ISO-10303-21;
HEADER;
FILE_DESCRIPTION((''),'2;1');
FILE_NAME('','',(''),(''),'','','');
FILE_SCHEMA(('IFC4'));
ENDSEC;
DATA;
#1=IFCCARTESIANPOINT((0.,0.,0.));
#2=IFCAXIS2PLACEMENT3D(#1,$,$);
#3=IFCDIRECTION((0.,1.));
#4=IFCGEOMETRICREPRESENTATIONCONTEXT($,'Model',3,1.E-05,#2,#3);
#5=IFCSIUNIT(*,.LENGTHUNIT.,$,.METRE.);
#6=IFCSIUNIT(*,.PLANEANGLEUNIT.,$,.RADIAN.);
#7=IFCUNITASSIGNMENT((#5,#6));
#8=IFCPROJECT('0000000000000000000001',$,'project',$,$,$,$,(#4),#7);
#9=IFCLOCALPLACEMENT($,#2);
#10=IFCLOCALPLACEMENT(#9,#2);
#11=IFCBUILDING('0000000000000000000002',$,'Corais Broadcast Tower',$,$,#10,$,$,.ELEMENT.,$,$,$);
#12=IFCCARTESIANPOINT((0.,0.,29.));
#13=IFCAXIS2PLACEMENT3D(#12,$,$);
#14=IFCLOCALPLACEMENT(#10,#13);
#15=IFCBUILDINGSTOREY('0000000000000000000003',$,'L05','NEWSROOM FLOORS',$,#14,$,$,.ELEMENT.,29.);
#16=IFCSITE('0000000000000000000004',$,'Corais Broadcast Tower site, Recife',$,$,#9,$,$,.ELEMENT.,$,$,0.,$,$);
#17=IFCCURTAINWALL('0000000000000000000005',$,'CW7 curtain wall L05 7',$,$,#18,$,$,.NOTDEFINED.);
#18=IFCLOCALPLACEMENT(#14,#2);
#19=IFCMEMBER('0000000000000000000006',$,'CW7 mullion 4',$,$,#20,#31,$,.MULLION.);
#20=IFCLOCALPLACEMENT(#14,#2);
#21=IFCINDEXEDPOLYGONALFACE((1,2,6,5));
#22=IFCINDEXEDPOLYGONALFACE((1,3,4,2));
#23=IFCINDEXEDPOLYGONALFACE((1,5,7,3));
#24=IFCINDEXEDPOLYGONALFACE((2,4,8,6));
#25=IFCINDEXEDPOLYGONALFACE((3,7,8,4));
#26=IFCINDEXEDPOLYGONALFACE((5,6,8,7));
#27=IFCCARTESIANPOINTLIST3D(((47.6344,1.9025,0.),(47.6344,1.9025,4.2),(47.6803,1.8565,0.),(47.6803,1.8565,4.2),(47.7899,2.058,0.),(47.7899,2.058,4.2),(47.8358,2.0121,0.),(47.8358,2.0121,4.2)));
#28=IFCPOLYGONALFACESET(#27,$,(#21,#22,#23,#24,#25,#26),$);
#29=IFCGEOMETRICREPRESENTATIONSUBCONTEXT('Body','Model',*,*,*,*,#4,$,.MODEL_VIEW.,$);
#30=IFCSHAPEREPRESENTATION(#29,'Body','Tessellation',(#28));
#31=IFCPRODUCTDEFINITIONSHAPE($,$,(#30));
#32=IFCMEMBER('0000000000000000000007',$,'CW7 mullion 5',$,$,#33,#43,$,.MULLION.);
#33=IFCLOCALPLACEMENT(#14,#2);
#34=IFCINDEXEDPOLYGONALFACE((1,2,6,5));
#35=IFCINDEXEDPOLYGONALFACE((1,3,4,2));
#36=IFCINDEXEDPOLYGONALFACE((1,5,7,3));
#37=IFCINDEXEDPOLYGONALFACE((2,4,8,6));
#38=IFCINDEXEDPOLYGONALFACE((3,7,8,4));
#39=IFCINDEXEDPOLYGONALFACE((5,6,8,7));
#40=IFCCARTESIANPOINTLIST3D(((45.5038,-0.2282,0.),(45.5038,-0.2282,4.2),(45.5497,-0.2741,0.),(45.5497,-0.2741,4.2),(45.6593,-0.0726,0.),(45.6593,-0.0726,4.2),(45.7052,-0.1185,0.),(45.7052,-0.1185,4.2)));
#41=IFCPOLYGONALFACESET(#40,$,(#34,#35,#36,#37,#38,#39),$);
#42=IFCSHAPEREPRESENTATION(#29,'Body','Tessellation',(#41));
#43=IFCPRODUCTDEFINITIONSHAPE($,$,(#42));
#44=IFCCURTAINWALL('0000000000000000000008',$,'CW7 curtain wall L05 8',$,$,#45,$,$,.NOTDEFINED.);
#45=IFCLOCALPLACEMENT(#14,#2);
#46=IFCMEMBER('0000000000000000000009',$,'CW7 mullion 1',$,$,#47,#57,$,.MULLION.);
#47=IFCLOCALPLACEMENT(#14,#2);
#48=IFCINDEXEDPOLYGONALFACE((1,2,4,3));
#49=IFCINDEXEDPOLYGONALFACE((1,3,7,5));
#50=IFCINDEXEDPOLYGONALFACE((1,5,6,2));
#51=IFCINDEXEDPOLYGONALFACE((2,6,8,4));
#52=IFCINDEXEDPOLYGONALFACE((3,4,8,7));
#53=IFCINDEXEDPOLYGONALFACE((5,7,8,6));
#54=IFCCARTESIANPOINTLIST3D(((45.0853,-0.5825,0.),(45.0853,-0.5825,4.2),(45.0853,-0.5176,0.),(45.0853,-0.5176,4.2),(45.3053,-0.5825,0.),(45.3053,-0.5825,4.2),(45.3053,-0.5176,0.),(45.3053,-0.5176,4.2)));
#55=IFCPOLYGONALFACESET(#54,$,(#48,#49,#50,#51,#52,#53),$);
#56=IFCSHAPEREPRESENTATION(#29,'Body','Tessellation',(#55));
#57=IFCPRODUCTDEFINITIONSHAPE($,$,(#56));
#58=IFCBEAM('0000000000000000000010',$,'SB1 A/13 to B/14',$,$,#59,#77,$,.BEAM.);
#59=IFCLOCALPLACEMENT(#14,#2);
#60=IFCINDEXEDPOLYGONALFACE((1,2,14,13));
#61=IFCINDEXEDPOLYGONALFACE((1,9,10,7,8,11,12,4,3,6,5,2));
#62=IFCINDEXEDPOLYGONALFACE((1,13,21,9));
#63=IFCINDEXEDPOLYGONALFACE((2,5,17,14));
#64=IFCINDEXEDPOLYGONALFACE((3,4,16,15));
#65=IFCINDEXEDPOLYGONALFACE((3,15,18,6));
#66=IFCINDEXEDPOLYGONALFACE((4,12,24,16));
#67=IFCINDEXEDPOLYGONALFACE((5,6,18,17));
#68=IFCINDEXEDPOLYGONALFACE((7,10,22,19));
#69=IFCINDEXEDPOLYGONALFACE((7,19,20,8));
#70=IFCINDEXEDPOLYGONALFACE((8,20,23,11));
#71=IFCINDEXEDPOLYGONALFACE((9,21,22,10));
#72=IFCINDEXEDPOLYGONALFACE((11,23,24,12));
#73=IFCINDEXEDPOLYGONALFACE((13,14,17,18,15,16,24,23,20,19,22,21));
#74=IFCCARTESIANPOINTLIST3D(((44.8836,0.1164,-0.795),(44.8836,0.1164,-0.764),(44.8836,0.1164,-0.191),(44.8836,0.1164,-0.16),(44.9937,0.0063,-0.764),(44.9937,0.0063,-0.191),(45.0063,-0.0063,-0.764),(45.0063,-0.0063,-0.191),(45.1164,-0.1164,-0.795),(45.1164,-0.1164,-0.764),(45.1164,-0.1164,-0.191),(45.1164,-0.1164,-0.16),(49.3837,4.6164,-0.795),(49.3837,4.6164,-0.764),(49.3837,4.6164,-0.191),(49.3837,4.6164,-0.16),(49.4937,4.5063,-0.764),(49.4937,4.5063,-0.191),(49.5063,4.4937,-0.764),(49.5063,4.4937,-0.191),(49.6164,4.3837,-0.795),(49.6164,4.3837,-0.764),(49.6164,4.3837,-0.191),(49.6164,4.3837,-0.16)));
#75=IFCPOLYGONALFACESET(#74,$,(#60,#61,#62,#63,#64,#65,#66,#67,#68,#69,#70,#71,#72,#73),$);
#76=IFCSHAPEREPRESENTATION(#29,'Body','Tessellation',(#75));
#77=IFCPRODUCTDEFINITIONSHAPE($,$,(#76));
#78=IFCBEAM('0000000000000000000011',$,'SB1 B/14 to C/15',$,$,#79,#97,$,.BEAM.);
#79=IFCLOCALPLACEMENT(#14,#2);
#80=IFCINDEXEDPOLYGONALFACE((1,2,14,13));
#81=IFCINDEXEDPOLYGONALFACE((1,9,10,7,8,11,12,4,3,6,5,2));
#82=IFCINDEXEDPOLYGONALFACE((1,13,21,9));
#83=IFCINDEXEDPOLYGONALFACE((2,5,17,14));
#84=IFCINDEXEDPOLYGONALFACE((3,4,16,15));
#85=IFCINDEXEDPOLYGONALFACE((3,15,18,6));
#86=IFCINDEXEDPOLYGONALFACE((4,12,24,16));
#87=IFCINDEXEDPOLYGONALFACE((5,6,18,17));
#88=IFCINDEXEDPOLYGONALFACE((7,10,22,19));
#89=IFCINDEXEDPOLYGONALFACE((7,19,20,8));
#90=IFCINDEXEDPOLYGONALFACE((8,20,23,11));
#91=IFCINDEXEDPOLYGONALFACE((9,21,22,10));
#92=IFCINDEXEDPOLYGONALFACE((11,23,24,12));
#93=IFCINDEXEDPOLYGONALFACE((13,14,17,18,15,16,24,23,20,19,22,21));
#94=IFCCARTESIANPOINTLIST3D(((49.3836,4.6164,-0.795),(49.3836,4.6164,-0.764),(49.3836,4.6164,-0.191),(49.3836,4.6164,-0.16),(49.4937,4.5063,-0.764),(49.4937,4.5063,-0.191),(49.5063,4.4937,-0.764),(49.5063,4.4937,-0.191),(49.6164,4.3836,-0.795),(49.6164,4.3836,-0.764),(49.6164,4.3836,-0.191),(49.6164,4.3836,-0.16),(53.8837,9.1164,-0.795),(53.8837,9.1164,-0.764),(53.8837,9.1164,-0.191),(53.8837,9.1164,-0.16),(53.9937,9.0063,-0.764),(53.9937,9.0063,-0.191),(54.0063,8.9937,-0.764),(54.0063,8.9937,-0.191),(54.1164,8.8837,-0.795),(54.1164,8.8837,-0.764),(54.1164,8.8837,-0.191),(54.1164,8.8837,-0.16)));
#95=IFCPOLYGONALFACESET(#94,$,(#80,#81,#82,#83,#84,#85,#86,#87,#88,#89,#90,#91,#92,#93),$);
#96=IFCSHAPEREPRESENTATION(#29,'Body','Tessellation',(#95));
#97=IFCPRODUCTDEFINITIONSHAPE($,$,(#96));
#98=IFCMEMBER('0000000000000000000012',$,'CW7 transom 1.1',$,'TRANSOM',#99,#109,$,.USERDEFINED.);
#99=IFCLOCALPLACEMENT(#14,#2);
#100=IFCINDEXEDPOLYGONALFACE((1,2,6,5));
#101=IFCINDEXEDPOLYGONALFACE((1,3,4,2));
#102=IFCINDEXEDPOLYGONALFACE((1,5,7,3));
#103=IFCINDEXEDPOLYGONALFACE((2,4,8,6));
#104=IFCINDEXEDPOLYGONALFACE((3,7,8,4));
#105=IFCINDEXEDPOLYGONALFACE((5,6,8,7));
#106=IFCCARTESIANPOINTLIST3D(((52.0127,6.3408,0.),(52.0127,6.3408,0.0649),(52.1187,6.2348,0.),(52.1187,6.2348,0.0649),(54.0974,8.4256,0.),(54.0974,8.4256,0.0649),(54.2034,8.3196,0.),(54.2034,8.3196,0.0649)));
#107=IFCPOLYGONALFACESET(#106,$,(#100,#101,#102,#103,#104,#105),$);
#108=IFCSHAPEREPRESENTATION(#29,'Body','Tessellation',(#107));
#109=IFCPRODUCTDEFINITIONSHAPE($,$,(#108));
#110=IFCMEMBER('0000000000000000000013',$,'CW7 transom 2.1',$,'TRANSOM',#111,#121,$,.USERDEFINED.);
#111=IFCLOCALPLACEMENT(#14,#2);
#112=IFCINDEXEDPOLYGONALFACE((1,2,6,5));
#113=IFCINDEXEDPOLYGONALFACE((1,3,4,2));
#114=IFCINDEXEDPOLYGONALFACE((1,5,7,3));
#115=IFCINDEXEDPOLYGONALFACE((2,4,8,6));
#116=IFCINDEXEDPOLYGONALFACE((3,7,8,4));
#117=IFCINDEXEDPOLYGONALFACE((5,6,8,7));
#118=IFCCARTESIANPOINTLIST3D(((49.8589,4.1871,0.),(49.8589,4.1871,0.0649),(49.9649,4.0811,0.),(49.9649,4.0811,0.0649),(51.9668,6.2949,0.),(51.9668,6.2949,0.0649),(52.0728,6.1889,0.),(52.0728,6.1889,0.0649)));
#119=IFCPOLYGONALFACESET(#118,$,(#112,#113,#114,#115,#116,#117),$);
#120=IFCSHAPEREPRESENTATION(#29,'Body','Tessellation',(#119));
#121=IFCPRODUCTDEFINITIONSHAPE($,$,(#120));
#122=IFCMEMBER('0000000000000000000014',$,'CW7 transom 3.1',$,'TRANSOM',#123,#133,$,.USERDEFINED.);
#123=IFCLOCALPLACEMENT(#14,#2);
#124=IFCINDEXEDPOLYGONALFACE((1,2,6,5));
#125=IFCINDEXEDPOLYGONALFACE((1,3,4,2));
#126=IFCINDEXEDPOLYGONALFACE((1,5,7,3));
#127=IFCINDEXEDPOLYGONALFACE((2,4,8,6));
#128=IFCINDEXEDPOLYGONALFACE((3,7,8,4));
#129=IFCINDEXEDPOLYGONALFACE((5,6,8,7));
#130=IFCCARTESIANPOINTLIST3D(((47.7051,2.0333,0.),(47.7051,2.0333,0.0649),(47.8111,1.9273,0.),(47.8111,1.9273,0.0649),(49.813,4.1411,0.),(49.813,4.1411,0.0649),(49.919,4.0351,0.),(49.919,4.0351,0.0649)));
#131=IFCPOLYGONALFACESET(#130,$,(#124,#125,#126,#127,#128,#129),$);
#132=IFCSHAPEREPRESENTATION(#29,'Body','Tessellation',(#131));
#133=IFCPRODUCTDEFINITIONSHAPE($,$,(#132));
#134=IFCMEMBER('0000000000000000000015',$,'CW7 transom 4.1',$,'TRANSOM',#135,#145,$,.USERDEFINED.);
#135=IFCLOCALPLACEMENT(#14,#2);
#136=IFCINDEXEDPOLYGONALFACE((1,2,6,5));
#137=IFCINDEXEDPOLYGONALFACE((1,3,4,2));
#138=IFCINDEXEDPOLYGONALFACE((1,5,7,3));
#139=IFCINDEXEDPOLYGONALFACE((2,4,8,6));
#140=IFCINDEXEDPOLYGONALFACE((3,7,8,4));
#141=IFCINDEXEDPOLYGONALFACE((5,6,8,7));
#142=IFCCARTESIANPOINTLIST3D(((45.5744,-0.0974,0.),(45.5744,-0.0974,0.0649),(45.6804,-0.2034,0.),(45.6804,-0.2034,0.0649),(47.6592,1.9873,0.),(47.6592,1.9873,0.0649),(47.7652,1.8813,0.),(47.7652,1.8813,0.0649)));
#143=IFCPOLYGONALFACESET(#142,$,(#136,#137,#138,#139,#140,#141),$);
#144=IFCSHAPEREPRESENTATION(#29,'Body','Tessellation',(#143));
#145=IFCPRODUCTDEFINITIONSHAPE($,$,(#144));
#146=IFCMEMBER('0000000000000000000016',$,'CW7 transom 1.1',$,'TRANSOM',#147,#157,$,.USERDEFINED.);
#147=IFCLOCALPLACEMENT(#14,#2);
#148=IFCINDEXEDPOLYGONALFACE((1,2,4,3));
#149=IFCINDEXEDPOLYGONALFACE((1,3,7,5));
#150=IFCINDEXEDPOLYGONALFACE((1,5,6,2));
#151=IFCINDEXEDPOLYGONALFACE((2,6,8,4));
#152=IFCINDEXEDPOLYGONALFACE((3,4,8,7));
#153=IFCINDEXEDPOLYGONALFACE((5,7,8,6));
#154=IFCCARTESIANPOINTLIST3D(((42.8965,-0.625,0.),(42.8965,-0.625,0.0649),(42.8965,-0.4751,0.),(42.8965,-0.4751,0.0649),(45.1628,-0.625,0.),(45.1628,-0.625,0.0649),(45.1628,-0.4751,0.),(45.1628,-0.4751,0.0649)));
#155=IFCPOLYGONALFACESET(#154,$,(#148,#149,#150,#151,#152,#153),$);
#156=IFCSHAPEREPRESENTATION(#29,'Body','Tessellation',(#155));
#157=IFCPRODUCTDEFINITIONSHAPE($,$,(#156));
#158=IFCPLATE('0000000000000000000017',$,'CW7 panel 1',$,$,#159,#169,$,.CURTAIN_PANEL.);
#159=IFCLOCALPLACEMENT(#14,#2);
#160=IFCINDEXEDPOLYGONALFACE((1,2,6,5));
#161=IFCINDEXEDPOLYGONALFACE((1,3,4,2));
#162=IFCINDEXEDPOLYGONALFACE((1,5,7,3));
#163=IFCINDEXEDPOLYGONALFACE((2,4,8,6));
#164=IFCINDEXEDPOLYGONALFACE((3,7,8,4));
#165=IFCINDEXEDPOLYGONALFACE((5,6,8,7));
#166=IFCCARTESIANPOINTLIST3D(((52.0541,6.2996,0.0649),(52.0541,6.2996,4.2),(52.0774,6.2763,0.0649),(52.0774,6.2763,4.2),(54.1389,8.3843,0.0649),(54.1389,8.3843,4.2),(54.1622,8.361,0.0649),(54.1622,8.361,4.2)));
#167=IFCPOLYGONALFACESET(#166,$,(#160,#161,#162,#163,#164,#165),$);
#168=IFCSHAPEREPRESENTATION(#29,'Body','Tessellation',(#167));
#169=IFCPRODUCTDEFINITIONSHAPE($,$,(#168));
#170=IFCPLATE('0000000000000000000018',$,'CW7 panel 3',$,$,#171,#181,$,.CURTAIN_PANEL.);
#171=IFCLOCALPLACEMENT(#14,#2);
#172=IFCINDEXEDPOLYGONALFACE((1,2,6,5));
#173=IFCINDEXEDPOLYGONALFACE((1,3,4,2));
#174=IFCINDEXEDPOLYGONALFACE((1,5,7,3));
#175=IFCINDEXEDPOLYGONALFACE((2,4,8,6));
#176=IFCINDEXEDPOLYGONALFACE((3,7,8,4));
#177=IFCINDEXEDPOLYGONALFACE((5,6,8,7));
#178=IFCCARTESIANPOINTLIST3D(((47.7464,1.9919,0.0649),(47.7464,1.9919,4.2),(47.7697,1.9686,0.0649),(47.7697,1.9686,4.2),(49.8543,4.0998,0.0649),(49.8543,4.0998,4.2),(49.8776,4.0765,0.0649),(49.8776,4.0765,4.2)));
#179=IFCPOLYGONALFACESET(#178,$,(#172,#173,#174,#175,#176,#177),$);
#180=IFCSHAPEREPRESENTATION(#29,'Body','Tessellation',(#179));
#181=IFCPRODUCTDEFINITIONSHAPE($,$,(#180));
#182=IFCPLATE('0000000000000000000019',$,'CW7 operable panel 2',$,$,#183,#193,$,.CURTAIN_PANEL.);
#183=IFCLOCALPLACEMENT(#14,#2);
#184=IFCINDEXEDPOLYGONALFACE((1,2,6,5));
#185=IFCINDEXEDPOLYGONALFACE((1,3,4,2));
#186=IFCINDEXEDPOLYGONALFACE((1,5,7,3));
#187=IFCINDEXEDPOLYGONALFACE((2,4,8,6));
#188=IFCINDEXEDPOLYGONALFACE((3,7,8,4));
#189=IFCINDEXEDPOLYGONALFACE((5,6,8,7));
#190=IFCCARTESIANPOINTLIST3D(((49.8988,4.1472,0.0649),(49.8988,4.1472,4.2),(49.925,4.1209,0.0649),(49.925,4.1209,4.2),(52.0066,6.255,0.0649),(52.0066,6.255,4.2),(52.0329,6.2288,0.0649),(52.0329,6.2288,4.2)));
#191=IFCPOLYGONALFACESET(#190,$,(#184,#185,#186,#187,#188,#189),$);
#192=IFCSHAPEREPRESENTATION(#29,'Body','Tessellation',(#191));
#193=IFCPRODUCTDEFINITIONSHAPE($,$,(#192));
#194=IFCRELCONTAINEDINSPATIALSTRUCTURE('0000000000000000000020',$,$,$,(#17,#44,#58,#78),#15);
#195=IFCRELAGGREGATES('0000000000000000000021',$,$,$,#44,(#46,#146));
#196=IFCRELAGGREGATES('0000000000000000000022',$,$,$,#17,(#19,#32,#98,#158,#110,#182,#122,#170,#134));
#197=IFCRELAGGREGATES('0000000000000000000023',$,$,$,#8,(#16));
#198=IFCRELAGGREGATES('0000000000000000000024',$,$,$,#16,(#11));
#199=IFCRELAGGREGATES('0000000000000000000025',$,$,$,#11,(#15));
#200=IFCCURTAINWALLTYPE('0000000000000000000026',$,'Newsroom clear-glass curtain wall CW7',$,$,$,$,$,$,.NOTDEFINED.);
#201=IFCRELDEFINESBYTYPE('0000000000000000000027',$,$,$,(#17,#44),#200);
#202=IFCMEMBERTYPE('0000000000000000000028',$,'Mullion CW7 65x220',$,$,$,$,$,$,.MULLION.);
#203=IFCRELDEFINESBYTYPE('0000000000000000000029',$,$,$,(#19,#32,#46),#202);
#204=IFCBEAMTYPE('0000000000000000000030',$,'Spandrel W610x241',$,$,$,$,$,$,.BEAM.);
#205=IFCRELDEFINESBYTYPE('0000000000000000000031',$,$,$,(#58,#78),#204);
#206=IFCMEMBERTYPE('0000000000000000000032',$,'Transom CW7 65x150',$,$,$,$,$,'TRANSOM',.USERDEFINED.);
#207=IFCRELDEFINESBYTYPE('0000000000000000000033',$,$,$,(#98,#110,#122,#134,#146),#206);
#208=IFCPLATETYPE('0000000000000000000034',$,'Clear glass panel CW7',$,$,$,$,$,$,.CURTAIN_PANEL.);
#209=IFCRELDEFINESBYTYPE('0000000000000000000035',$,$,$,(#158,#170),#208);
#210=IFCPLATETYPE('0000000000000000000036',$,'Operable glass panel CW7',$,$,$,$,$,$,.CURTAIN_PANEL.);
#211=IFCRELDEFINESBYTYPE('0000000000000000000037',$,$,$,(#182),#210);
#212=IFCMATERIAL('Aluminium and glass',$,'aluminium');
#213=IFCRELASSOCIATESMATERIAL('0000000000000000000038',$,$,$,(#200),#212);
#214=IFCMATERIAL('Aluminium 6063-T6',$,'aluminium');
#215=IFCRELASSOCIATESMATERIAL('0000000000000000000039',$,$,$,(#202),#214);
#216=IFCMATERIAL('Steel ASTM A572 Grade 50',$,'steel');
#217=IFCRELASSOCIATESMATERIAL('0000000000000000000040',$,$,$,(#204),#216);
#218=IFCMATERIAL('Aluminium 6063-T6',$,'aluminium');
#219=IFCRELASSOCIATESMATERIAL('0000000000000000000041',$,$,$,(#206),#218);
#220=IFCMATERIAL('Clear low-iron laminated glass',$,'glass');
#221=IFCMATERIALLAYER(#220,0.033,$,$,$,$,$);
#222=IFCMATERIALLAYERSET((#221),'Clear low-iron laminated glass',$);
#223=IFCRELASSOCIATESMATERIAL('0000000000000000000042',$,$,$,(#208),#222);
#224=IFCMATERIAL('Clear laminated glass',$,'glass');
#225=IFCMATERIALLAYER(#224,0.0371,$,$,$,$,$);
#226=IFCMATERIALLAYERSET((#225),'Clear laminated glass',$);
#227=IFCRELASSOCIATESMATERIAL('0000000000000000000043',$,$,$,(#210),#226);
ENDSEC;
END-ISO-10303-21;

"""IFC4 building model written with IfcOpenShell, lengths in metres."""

from ifc_helpers import new_model, si_unit, direction, frame, origin, origin_2d, place, context, subcontext, project, spatial, rectangle, i_section, extrude, material, layer, layer_set, material_profile, profile_set, type_object, element, aggregate, save


model = new_model("IFC4")

# Units and contexts
model_context = context("Model", 3, precision=1e-05, world=origin(), true_north=direction((0.0, 1.0)))
body_context = subcontext(model_context, "Body", "Model", "MODEL_VIEW")
ifc_project = project(units=[si_unit("LENGTHUNIT", "METRE"), si_unit("PLANEANGLEUNIT", "RADIAN")], contexts=[model_context])

# Site, building, storey
site_placement = place(None, origin())
site = spatial("IfcSite", under=ifc_project, at=site_placement, Name="Corais Broadcast Tower site, Recife", CompositionType="ELEMENT", RefElevation=0.0)
building_placement = place(site_placement, origin())
building = spatial("IfcBuilding", under=site, at=building_placement, Name="Corais Broadcast Tower", CompositionType="ELEMENT")
storey_placement = place(building_placement, frame((0.0, 0.0, 29.0)))
storey = spatial("IfcBuildingStorey", under=building, at=storey_placement, Name="L05", Description="NEWSROOM FLOORS", CompositionType="ELEMENT", Elevation=29.0)

# Shared definitions
ifc_material_1 = material(Name="Aluminium and glass", Category="aluminium")
curtain_wall_type = type_object("IfcCurtainWallType", Name="Newsroom clear-glass curtain wall CW7", PredefinedType="NOTDEFINED", material=ifc_material_1)
ifc_material_2 = material(Name="Aluminium 6063-T6", Category="aluminium")
ifc_material_profile_1 = material_profile(ifc_material_2, rectangle(XDim=0.0649, YDim=0.22, at=origin_2d()), Name="Mullion CW7 65x220")
ifc_profile_set_1 = profile_set([ifc_material_profile_1], Name="Aluminium 6063-T6")
member_type_1 = type_object("IfcMemberType", Name="Mullion CW7 65x220", PredefinedType="MULLION", material=ifc_profile_set_1)

# Curtain wall, members
curtain_wall_1_placement = place(storey_placement, origin())
curtain_wall_1 = element("IfcCurtainWall", 1, at=curtain_wall_1_placement, inside=storey, type_object=curtain_wall_type, Name="CW7 curtain wall L05 7", PredefinedType="NOTDEFINED")
member_1_placement = place(storey_placement, frame((47.7351, 1.9573, 0.0), z_axis=(0.0, 0.0, 1.0), x_axis=(0.707107, -0.707107, 0.0)))
member_1 = element("IfcMember", 2, at=member_1_placement, type_object=member_type_1, Name="CW7 mullion 4", PredefinedType="MULLION", context=body_context, shape_type="SweptSolid", body=[
    extrude(rectangle(XDim=0.0649, YDim=0.22, at=origin_2d()), origin(), (0.0, 0.0, 1.0), 4.2),
])
member_2_placement = place(storey_placement, frame((45.6045, -0.1733, 0.0), z_axis=(0.0, 0.0, 1.0), x_axis=(0.707107, -0.707107, 0.0)))
member_2 = element("IfcMember", 3, at=member_2_placement, type_object=member_type_1, Name="CW7 mullion 5", PredefinedType="MULLION", context=body_context, shape_type="SweptSolid", body=[
    extrude(rectangle(XDim=0.0649, YDim=0.22, at=origin_2d()), origin(), (0.0, 0.0, 1.0), 4.2),
])

# Curtain wall, member
curtain_wall_2_placement = place(storey_placement, origin())
curtain_wall_2 = element("IfcCurtainWall", 4, at=curtain_wall_2_placement, inside=storey, type_object=curtain_wall_type, Name="CW7 curtain wall L05 8", PredefinedType="NOTDEFINED")
member_3_placement = place(storey_placement, frame((45.1953, -0.55, 0.0), z_axis=(0.0, 0.0, 1.0), x_axis=(0.0, -1.0, 0.0)))
member_3 = element("IfcMember", 5, at=member_3_placement, type_object=member_type_1, Name="CW7 mullion 1", PredefinedType="MULLION", context=body_context, shape_type="SweptSolid", body=[
    extrude(rectangle(XDim=0.0649, YDim=0.22, at=origin_2d()), origin(), (0.0, 0.0, 1.0), 4.2),
])

# Beams
ifc_material_3 = material(Name="Steel ASTM A572 Grade 50", Category="steel")
ifc_material_profile_2 = material_profile(ifc_material_3, i_section(OverallWidth=0.3291, OverallDepth=0.635, WebThickness=0.0178, FlangeThickness=0.031, at=origin_2d()), Name="W610x241")
ifc_profile_set_2 = profile_set([ifc_material_profile_2], Name="Steel ASTM A572 Grade 50")
beam_type_1 = type_object("IfcBeamType", Name="Spandrel W610x241", PredefinedType="BEAM", material=ifc_profile_set_2)
for number, where, z_axis, x_axis, name in (
    (6, (45.0, 0.0, -0.4775), (0.707107, 0.707107, 0.0), (-0.707107, 0.707107, 0.0), "SB1 A/13 to B/14"),
    (7, (49.5, 4.5, -0.4775), (0.707107, 0.707107, 0.0), (-0.707107, 0.707107, 0.0), "SB1 B/14 to C/15"),
):
    element("IfcBeam", number, at=place(storey_placement, frame(where, z_axis=z_axis, x_axis=x_axis)), inside=storey, type_object=beam_type_1, Name=name, PredefinedType="BEAM", context=body_context, shape_type="SweptSolid", body=[
        extrude(i_section(OverallWidth=0.3291, OverallDepth=0.635, WebThickness=0.0178, FlangeThickness=0.031, at=origin_2d()), origin(), (0.0, 0.0, 1.0), 6.364),
    ])

# Members
ifc_material_4 = material(Name="Aluminium 6063-T6", Category="aluminium")
ifc_material_profile_3 = material_profile(ifc_material_4, rectangle(XDim=0.1499, YDim=0.0649, at=origin_2d()), Name="Transom CW7 65x150")
ifc_profile_set_3 = profile_set([ifc_material_profile_3], Name="Aluminium 6063-T6")
member_type_2 = type_object("IfcMemberType", Name="Transom CW7 65x150", ElementType="TRANSOM", PredefinedType="USERDEFINED", material=ifc_profile_set_3)
member_4_placement = place(storey_placement, frame((54.1504, 8.3726, 0.0325), z_axis=(-0.707107, -0.707107, 0.0), x_axis=(0.707107, -0.707107, 0.0)))
member_4 = element("IfcMember", 8, at=member_4_placement, type_object=member_type_2, Name="CW7 transom 1.1", ObjectType="TRANSOM", PredefinedType="USERDEFINED", context=body_context, shape_type="SweptSolid", body=[
    extrude(rectangle(XDim=0.1499, YDim=0.0649, at=origin_2d()), origin(), (0.0, 0.0, 1.0), 2.9482),
])
member_5_placement = place(storey_placement, frame((52.0198, 6.2419, 0.0325), z_axis=(-0.707107, -0.707107, 0.0), x_axis=(0.707107, -0.707107, 0.0)))
member_5 = element("IfcMember", 9, at=member_5_placement, type_object=member_type_2, Name="CW7 transom 2.1", ObjectType="TRANSOM", PredefinedType="USERDEFINED", context=body_context, shape_type="SweptSolid", body=[
    extrude(rectangle(XDim=0.1499, YDim=0.0649, at=origin_2d()), origin(), (0.0, 0.0, 1.0), 2.981),
])
member_6_placement = place(storey_placement, frame((49.866, 4.0881, 0.0325), z_axis=(-0.707107, -0.707107, 0.0), x_axis=(0.707107, -0.707107, 0.0)))
member_6 = element("IfcMember", 10, at=member_6_placement, type_object=member_type_2, Name="CW7 transom 3.1", ObjectType="TRANSOM", PredefinedType="USERDEFINED", context=body_context, shape_type="SweptSolid", body=[
    extrude(rectangle(XDim=0.1499, YDim=0.0649, at=origin_2d()), origin(), (0.0, 0.0, 1.0), 2.981),
])
member_7_placement = place(storey_placement, frame((47.7122, 1.9343, 0.0325), z_axis=(-0.707107, -0.707107, 0.0), x_axis=(0.707107, -0.707107, 0.0)))
member_7 = element("IfcMember", 11, at=member_7_placement, type_object=member_type_2, Name="CW7 transom 4.1", ObjectType="TRANSOM", PredefinedType="USERDEFINED", context=body_context, shape_type="SweptSolid", body=[
    extrude(rectangle(XDim=0.1499, YDim=0.0649, at=origin_2d()), origin(), (0.0, 0.0, 1.0), 2.9482),
])
member_8_placement = place(storey_placement, frame((45.1628, -0.55, 0.0325), z_axis=(-1.0, 0.0, 0.0), x_axis=(0.0, -1.0, 0.0)))
member_8 = element("IfcMember", 12, at=member_8_placement, type_object=member_type_2, Name="CW7 transom 1.1", ObjectType="TRANSOM", PredefinedType="USERDEFINED", context=body_context, shape_type="SweptSolid", body=[
    extrude(rectangle(XDim=0.1499, YDim=0.0649, at=origin_2d()), origin(), (0.0, 0.0, 1.0), 2.2664),
])
aggregate(curtain_wall_2, [member_3, member_8])

# Plates
ifc_material_5 = material(Name="Clear low-iron laminated glass", Category="glass")
ifc_layer_1 = layer(ifc_material_5, 0.033)
ifc_layer_set_1 = layer_set([ifc_layer_1], Name="Clear low-iron laminated glass")
plate_type_1 = type_object("IfcPlateType", Name="Clear glass panel CW7", PredefinedType="CURTAIN_PANEL", material=ifc_layer_set_1)
plate_1_placement = place(storey_placement, frame((53.1082, 7.3303, 0.0649), z_axis=(0.0, 0.0, 1.0), x_axis=(-0.707107, -0.707107, 0.0)))
plate_1 = element("IfcPlate", 13, at=plate_1_placement, type_object=plate_type_1, Name="CW7 panel 1", PredefinedType="CURTAIN_PANEL", context=body_context, shape_type="SweptSolid", body=[
    extrude(rectangle(XDim=2.9482, YDim=0.033, at=origin_2d()), origin(), (0.0, 0.0, 1.0), 4.135),
])
plate_2_placement = place(storey_placement, frame((48.812, 3.0342, 0.0649), z_axis=(0.0, 0.0, 1.0), x_axis=(-0.707107, -0.707107, 0.0)))
plate_2 = element("IfcPlate", 14, at=plate_2_placement, type_object=plate_type_1, Name="CW7 panel 3", PredefinedType="CURTAIN_PANEL", context=body_context, shape_type="SweptSolid", body=[
    extrude(rectangle(XDim=2.981, YDim=0.033, at=origin_2d()), origin(), (0.0, 0.0, 1.0), 4.135),
])
ifc_material_6 = material(Name="Clear laminated glass", Category="glass")
ifc_layer_2 = layer(ifc_material_6, 0.0371)
ifc_layer_set_2 = layer_set([ifc_layer_2], Name="Clear laminated glass")
plate_type_2 = type_object("IfcPlateType", Name="Operable glass panel CW7", PredefinedType="CURTAIN_PANEL", material=ifc_layer_set_2)
plate_3_placement = place(storey_placement, frame((50.9658, 5.188, 0.0649), z_axis=(0.0, 0.0, 1.0), x_axis=(-0.707107, -0.707107, 0.0)))
plate_3 = element("IfcPlate", 15, at=plate_3_placement, type_object=plate_type_2, Name="CW7 operable panel 2", PredefinedType="CURTAIN_PANEL", context=body_context, shape_type="SweptSolid", body=[
    extrude(rectangle(XDim=2.981, YDim=0.0371, at=origin_2d()), origin(), (0.0, 0.0, 1.0), 4.135),
])
aggregate(curtain_wall_1, [member_1, member_2, member_4, plate_1, member_5, plate_3, member_6, plate_2, member_7])

save(model, "model.ifc")
